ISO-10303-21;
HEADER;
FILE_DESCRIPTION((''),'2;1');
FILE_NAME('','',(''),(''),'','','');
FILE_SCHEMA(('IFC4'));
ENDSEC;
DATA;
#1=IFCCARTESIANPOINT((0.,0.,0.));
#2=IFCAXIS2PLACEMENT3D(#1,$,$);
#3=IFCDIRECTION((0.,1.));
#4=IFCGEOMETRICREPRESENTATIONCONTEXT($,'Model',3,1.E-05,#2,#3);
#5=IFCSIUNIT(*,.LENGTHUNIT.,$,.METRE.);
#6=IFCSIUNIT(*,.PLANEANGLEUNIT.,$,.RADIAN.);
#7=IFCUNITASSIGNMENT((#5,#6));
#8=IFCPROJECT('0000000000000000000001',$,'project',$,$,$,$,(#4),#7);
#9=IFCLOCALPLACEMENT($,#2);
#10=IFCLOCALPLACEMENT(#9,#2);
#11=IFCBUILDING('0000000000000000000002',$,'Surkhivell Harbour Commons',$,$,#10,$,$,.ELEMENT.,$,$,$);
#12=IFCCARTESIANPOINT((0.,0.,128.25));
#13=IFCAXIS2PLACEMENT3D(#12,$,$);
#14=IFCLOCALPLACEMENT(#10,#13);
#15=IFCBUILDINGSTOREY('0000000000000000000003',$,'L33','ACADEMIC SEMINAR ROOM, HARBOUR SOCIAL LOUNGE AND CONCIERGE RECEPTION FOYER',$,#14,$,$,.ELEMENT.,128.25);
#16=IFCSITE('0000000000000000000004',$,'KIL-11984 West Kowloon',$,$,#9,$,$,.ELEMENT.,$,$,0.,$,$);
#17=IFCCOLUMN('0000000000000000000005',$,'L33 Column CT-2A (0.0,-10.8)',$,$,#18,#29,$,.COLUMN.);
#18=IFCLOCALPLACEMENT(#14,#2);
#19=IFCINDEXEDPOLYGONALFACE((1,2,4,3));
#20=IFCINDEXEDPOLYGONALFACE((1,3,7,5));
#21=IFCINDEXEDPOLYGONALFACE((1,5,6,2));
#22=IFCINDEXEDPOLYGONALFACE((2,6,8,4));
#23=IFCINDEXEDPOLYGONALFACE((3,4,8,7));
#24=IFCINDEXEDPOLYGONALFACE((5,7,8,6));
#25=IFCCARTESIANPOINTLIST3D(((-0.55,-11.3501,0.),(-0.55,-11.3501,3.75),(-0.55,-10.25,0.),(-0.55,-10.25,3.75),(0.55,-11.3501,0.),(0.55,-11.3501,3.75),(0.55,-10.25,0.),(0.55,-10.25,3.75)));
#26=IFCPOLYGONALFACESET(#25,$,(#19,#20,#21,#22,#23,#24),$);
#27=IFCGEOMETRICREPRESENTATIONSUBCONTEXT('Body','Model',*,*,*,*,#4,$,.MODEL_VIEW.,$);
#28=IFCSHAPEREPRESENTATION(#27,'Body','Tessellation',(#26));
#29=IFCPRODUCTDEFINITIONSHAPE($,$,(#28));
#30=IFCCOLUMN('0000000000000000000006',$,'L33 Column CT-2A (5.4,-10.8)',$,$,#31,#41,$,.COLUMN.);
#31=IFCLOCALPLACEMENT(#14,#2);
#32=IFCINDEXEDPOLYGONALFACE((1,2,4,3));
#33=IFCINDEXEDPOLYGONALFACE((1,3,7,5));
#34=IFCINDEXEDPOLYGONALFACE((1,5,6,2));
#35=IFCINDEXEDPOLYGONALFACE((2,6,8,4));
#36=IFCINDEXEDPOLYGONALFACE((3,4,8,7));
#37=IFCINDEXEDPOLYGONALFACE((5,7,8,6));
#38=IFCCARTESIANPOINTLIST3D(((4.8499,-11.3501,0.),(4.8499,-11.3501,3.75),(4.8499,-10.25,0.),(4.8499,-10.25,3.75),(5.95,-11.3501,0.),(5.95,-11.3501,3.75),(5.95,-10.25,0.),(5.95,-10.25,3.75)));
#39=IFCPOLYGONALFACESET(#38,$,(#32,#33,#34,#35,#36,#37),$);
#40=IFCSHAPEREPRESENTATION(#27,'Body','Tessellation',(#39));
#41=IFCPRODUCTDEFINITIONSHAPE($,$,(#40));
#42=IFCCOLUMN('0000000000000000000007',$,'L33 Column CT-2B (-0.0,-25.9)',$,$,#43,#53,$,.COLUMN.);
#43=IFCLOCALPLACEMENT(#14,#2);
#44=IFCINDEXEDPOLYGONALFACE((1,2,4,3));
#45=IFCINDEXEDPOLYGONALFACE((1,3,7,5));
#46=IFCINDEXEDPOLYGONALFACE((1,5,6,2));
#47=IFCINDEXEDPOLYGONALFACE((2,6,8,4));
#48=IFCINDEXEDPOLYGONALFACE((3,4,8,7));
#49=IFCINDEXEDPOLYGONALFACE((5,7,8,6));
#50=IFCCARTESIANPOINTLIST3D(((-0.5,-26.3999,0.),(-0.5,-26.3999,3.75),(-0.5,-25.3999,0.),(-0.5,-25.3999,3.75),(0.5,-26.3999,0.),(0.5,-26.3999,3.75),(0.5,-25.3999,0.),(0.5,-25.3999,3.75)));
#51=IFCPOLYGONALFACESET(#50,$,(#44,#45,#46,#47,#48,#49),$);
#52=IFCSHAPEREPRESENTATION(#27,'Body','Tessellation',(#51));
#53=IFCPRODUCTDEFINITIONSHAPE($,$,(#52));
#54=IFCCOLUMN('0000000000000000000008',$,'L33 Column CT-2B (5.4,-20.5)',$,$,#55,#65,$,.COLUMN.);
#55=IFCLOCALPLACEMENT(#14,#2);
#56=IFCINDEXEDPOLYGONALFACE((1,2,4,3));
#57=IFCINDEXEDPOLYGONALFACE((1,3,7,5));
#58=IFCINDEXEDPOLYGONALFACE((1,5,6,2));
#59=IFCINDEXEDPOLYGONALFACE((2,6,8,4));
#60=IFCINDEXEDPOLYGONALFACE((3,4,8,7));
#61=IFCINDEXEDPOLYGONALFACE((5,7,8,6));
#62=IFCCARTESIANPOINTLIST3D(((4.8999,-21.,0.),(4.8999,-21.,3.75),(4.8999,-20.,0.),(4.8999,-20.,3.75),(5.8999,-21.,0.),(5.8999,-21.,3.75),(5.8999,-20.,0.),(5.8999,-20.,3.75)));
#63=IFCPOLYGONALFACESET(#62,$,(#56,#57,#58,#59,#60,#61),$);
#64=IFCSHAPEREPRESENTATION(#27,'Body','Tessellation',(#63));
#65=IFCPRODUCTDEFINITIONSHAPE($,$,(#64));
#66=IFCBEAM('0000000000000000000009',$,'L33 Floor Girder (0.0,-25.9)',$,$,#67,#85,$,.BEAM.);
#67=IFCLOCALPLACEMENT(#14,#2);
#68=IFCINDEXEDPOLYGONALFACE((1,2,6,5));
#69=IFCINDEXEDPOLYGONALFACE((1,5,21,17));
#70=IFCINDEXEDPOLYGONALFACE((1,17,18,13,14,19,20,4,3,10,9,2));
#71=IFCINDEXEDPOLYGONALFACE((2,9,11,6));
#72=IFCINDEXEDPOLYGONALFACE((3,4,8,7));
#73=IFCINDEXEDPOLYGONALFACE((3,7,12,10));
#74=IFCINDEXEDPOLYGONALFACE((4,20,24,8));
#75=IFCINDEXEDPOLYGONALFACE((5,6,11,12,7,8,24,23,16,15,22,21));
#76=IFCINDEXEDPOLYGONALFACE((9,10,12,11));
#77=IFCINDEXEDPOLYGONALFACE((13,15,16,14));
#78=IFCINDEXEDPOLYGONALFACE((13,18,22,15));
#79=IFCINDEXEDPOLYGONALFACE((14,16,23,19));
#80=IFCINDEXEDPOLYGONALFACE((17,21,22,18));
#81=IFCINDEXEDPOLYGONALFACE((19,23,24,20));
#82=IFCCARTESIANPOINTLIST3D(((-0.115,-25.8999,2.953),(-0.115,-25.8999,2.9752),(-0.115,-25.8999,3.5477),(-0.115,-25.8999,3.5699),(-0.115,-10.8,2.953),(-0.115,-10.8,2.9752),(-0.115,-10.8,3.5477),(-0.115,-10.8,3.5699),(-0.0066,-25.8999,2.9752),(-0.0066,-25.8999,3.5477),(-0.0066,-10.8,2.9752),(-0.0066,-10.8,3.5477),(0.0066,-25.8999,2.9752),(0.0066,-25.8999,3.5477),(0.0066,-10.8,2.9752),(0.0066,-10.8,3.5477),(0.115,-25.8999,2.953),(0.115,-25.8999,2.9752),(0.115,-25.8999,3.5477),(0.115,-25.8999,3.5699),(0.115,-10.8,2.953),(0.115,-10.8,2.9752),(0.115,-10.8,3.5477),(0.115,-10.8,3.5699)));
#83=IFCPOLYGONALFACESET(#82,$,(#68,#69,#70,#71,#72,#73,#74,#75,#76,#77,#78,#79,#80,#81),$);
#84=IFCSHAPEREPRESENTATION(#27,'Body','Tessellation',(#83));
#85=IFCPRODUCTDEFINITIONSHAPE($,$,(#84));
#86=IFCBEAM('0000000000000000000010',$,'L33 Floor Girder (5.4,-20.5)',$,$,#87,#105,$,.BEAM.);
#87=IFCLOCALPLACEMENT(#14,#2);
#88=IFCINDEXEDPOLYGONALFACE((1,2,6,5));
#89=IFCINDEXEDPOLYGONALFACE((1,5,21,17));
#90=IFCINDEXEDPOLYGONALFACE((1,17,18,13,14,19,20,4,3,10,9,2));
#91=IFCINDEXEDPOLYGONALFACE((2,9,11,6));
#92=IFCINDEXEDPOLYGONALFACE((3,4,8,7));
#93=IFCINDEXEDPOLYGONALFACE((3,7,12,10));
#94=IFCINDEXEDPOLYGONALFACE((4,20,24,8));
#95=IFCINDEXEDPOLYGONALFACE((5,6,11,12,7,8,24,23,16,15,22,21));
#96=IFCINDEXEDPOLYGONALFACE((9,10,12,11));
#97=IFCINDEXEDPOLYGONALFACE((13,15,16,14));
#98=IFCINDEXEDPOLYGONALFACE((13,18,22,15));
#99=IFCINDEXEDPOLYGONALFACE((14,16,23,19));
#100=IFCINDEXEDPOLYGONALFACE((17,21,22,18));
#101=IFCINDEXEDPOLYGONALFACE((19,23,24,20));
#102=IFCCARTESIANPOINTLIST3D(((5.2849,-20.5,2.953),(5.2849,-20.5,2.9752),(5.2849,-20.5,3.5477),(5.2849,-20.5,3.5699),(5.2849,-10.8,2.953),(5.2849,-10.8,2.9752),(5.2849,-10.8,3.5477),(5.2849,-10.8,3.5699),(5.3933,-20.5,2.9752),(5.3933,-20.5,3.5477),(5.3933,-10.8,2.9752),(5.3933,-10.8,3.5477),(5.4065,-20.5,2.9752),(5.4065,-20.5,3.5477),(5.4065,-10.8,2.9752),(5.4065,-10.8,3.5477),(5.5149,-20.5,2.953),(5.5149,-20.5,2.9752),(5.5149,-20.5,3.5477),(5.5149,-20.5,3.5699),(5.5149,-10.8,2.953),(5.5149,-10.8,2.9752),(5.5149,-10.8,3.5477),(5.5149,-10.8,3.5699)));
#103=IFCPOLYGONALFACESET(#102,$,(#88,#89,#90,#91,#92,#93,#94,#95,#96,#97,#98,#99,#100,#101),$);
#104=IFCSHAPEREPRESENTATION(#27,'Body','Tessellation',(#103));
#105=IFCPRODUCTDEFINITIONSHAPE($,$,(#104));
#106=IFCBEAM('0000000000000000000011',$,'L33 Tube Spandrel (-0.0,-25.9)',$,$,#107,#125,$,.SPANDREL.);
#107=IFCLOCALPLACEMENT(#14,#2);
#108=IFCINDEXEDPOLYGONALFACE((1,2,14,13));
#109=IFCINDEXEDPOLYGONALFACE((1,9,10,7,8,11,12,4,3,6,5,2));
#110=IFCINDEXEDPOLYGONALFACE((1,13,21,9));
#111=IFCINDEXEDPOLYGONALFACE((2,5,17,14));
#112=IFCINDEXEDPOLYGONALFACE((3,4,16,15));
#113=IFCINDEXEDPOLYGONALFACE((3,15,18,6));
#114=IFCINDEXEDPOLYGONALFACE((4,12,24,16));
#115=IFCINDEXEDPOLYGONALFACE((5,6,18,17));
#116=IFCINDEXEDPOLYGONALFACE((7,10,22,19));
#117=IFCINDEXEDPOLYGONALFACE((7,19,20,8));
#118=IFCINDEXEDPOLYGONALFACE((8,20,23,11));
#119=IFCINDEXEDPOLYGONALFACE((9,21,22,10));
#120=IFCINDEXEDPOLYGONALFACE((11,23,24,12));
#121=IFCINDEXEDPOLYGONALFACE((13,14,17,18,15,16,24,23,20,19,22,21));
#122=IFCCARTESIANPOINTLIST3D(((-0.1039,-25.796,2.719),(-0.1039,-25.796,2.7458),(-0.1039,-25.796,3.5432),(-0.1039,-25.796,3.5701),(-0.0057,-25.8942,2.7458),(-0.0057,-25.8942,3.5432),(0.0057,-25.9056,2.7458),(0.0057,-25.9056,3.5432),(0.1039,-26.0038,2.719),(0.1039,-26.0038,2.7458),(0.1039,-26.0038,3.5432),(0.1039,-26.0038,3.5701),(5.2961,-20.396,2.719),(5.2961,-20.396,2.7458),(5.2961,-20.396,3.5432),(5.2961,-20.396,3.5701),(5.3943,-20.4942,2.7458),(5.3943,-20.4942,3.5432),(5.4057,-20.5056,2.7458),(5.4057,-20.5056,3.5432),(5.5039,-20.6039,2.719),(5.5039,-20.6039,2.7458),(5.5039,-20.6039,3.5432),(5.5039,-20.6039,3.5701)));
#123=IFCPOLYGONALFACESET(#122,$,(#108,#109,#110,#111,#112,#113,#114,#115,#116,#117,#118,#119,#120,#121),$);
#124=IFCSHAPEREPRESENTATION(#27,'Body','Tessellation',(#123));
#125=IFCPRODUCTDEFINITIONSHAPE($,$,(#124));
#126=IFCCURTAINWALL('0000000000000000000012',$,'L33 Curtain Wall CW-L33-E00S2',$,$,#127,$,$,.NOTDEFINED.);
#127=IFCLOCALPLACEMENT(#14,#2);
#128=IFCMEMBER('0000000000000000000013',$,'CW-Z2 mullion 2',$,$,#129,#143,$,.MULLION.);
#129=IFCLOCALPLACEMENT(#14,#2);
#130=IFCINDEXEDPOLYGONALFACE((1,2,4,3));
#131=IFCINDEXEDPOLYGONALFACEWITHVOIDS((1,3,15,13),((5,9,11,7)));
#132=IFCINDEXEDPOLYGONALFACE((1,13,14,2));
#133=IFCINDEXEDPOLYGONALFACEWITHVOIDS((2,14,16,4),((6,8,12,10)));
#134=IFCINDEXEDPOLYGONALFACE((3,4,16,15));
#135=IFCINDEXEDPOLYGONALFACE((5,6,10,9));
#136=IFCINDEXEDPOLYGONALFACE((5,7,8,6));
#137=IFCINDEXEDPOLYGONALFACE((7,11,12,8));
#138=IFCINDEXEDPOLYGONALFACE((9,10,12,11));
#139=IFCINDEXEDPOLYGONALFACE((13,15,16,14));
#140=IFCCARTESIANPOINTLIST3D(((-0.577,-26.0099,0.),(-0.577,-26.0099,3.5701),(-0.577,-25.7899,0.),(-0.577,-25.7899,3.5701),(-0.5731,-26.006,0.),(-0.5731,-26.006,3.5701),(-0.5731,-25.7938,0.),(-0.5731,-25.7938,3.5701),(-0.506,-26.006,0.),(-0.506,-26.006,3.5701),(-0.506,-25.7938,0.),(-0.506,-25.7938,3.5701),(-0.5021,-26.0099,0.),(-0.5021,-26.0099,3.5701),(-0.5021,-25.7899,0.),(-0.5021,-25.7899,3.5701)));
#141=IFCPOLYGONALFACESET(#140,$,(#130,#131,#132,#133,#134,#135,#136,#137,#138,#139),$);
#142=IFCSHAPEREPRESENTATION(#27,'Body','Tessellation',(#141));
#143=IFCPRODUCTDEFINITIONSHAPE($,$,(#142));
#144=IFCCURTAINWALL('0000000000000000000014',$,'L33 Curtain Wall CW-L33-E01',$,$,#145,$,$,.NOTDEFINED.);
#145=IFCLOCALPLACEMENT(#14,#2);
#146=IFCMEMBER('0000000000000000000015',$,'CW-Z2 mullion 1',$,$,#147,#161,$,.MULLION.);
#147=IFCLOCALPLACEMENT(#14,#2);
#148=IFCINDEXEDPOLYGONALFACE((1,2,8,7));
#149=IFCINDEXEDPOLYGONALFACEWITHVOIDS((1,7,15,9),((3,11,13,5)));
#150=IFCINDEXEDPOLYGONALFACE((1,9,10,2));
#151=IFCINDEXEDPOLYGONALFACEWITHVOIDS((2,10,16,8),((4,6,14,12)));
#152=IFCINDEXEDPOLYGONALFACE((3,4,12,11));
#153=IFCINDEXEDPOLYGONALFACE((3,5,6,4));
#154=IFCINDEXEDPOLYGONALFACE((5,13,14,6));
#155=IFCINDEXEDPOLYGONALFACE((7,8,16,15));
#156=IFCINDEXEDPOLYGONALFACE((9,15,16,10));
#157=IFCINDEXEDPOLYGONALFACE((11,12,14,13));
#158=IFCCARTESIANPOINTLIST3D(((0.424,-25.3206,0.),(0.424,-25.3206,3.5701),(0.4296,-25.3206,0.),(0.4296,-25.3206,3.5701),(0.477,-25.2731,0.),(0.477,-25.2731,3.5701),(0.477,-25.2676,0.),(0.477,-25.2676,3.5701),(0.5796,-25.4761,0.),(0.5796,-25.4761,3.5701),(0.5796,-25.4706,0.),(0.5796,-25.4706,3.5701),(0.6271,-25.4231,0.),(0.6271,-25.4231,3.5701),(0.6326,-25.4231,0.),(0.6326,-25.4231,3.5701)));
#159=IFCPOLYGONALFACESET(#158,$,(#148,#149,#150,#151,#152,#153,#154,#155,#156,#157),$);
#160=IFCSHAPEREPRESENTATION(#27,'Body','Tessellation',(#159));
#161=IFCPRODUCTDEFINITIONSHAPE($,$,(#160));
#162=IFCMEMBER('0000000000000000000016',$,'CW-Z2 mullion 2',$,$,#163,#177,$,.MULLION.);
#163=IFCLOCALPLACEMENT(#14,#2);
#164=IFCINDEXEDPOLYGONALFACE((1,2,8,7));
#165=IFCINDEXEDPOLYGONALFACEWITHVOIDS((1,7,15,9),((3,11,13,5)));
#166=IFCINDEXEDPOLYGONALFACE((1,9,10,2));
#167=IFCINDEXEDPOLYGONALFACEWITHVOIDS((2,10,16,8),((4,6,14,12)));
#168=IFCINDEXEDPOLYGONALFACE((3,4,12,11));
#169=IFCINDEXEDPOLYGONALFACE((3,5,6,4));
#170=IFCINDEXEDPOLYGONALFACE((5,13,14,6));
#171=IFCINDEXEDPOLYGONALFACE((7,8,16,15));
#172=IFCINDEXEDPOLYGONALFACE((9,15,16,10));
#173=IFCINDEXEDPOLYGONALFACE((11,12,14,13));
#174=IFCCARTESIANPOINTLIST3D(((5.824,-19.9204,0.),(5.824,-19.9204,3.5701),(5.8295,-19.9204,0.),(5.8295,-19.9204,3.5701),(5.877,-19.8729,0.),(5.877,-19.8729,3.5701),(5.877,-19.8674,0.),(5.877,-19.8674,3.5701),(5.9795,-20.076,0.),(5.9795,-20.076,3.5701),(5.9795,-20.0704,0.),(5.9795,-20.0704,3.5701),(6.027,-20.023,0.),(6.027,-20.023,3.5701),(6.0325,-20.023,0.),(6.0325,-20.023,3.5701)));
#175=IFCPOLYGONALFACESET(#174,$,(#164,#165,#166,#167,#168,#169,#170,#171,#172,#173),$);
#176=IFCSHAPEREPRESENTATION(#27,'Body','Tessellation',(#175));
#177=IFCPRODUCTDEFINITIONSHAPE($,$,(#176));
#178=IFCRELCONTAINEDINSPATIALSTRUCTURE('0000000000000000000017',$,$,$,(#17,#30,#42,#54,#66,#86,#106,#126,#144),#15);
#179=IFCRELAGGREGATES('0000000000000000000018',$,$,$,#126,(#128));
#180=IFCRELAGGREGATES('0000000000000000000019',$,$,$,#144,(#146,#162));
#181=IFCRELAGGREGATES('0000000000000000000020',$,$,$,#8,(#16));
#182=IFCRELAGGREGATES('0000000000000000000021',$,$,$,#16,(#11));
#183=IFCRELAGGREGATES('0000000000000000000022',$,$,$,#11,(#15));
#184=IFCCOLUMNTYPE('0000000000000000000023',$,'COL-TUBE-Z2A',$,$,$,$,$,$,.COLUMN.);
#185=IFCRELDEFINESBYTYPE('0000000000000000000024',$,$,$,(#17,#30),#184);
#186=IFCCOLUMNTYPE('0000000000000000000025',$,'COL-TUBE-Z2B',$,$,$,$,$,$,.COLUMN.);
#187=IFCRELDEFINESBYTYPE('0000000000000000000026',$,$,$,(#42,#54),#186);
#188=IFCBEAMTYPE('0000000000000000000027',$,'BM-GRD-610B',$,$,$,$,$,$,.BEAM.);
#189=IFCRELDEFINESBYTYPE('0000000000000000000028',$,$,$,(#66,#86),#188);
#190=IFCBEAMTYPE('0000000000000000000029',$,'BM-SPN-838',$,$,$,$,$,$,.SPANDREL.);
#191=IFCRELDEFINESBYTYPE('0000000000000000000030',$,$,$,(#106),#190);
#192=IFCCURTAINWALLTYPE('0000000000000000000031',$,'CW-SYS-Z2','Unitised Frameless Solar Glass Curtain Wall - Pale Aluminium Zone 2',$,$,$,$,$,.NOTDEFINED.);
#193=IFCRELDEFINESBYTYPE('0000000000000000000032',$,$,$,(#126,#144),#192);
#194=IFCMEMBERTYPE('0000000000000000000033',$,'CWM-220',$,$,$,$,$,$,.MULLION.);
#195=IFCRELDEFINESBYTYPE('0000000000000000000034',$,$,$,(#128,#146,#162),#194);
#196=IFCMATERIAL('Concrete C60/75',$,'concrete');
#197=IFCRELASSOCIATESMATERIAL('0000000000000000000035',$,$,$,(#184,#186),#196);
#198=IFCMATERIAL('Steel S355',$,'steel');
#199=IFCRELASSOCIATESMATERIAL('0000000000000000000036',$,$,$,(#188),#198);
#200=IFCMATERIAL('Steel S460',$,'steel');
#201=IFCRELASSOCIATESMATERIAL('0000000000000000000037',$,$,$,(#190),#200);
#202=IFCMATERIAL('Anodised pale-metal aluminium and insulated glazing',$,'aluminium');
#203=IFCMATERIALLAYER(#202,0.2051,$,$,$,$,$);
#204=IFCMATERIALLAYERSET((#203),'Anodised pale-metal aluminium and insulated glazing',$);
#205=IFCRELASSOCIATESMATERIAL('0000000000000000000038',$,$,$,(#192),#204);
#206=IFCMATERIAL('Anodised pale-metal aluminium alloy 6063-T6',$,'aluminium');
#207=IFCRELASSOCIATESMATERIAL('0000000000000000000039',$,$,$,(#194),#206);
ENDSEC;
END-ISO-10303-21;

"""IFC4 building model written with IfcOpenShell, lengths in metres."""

from ifc_helpers import new_model, si_unit, direction, frame, origin, origin_2d, place, context, subcontext, project, spatial, rectangle, hollow_rectangle, i_section, extrude, material, layer, layer_set, material_profile, profile_set, type_object, element, aggregate, save


model = new_model("IFC4")

# Units and contexts
model_context = context("Model", 3, precision=1e-05, world=origin(), true_north=direction((0.0, 1.0)))
body_context = subcontext(model_context, "Body", "Model", "MODEL_VIEW")
ifc_project = project(units=[si_unit("LENGTHUNIT", "METRE"), si_unit("PLANEANGLEUNIT", "RADIAN")], contexts=[model_context])

# Site, building, storey
site_placement = place(None, origin())
site = spatial("IfcSite", under=ifc_project, at=site_placement, Name="KIL-11984 West Kowloon", CompositionType="ELEMENT", RefElevation=0.0)
building_placement = place(site_placement, origin())
building = spatial("IfcBuilding", under=site, at=building_placement, Name="Surkhivell Harbour Commons", CompositionType="ELEMENT")
storey_placement = place(building_placement, frame((0.0, 0.0, 128.25)))
storey = spatial("IfcBuildingStorey", under=building, at=storey_placement, Name="L33", Description="ACADEMIC SEMINAR ROOM, HARBOUR SOCIAL LOUNGE AND CONCIERGE RECEPTION FOYER", CompositionType="ELEMENT", Elevation=128.25)

# Columns
ifc_material_1 = material(Name="Concrete C60/75", Category="concrete")
ifc_material_profile_1 = material_profile(ifc_material_1, rectangle(XDim=1.1001, YDim=1.1001, at=origin_2d()), Name="RC-COL-1100x1100")
ifc_profile_set_1 = profile_set([ifc_material_profile_1], Name="Concrete C60/75")
column_type_1 = type_object("IfcColumnType", Name="COL-TUBE-Z2A", PredefinedType="COLUMN", material=ifc_profile_set_1)
for number, where, z_axis, x_axis, name in (
    (1, (0.0, -10.8, 0.0), (0.0, 0.0, 1.0), (1.0, 0.0, 0.0), "L33 Column CT-2A (0.0,-10.8)"),
    (2, (5.3999, -10.8, 0.0), (0.0, 0.0, 1.0), (1.0, 0.0, 0.0), "L33 Column CT-2A (5.4,-10.8)"),
):
    element("IfcColumn", number, at=place(storey_placement, frame(where, z_axis=z_axis, x_axis=x_axis)), inside=storey, type_object=column_type_1, Name=name, PredefinedType="COLUMN", context=body_context, shape_type="SweptSolid", body=[
        extrude(rectangle(XDim=1.1001, YDim=1.1001, at=origin_2d()), origin(), (0.0, 0.0, 1.0), 3.75),
    ])
ifc_material_profile_2 = material_profile(ifc_material_1, rectangle(XDim=1.0, YDim=1.0, at=origin_2d()), Name="RC-COL-1000x1000")
ifc_profile_set_2 = profile_set([ifc_material_profile_2], Name="Concrete C60/75")
column_type_2 = type_object("IfcColumnType", Name="COL-TUBE-Z2B", PredefinedType="COLUMN", material=ifc_profile_set_2)
for number, where, z_axis, x_axis, name in (
    (3, (0.0, -25.8999, 0.0), (0.0, 0.0, 1.0), (1.0, 0.0, 0.0), "L33 Column CT-2B (-0.0,-25.9)"),
    (4, (5.3999, -20.5, 0.0), (0.0, 0.0, 1.0), (1.0, 0.0, 0.0), "L33 Column CT-2B (5.4,-20.5)"),
):
    element("IfcColumn", number, at=place(storey_placement, frame(where, z_axis=z_axis, x_axis=x_axis)), inside=storey, type_object=column_type_2, Name=name, PredefinedType="COLUMN", context=body_context, shape_type="SweptSolid", body=[
        extrude(rectangle(XDim=1.0, YDim=1.0, at=origin_2d()), origin(), (0.0, 0.0, 1.0), 3.75),
    ])

# Beams
ifc_material_2 = material(Name="Steel S355", Category="steel")
ifc_material_profile_3 = material_profile(ifc_material_2, i_section(OverallWidth=0.23, OverallDepth=0.6169, WebThickness=0.0132, FlangeThickness=0.0222, at=origin_2d()), Name="UB610x229x140")
ifc_profile_set_3 = profile_set([ifc_material_profile_3], Name="Steel S355")
beam_type_1 = type_object("IfcBeamType", Name="BM-GRD-610B", PredefinedType="BEAM", material=ifc_profile_set_3)
beam_1_placement = place(storey_placement, frame((0.0, -25.8999, 3.2615), z_axis=(0.0, 1.0, 0.0), x_axis=(-1.0, 0.0, 0.0)))
element("IfcBeam", 5, at=beam_1_placement, inside=storey, type_object=beam_type_1, Name="L33 Floor Girder (0.0,-25.9)", PredefinedType="BEAM", context=body_context, shape_type="SweptSolid", body=[
    extrude(i_section(OverallWidth=0.23, OverallDepth=0.6169, WebThickness=0.0132, FlangeThickness=0.0222, at=origin_2d()), origin(), (0.0, 0.0, 1.0), 15.0999),
])
beam_2_placement = place(storey_placement, frame((5.3999, -20.5, 3.2615), z_axis=(0.0, 1.0, 0.0), x_axis=(-1.0, 0.0, 0.0)))
element("IfcBeam", 6, at=beam_2_placement, inside=storey, type_object=beam_type_1, Name="L33 Floor Girder (5.4,-20.5)", PredefinedType="BEAM", context=body_context, shape_type="SweptSolid", body=[
    extrude(i_section(OverallWidth=0.23, OverallDepth=0.6169, WebThickness=0.0132, FlangeThickness=0.0222, at=origin_2d()), origin(), (0.0, 0.0, 1.0), 9.7),
])
ifc_material_3 = material(Name="Steel S460", Category="steel")
ifc_material_profile_4 = material_profile(ifc_material_3, i_section(OverallWidth=0.2939, OverallDepth=0.8511, WebThickness=0.0161, FlangeThickness=0.0269, at=origin_2d()), Name="UB838x292x226")
ifc_profile_set_4 = profile_set([ifc_material_profile_4], Name="Steel S460")
beam_type_2 = type_object("IfcBeamType", Name="BM-SPN-838", PredefinedType="SPANDREL", material=ifc_profile_set_4)
beam_3_placement = place(storey_placement, frame((0.0, -25.8999, 3.1445), z_axis=(0.707107, 0.707107, 0.0), x_axis=(-0.707107, 0.707107, 0.0)))
element("IfcBeam", 7, at=beam_3_placement, inside=storey, type_object=beam_type_2, Name="L33 Tube Spandrel (-0.0,-25.9)", PredefinedType="SPANDREL", context=body_context, shape_type="SweptSolid", body=[
    extrude(i_section(OverallWidth=0.2939, OverallDepth=0.8511, WebThickness=0.0161, FlangeThickness=0.0269, at=origin_2d()), origin(), (0.0, 0.0, 1.0), 7.6367),
])

# Curtain wall, member
ifc_material_4 = material(Name="Anodised pale-metal aluminium and insulated glazing", Category="aluminium")
ifc_layer_1 = layer(ifc_material_4, 0.2051)
ifc_layer_set_1 = layer_set([ifc_layer_1], Name="Anodised pale-metal aluminium and insulated glazing")
curtain_wall_type = type_object("IfcCurtainWallType", Name="CW-SYS-Z2", Description="Unitised Frameless Solar Glass Curtain Wall - Pale Aluminium Zone 2", PredefinedType="NOTDEFINED", material=ifc_layer_set_1)
curtain_wall_1_placement = place(storey_placement, origin())
curtain_wall_1 = element("IfcCurtainWall", 8, at=curtain_wall_1_placement, inside=storey, type_object=curtain_wall_type, Name="L33 Curtain Wall CW-L33-E00S2", PredefinedType="NOTDEFINED")
ifc_material_5 = material(Name="Anodised pale-metal aluminium alloy 6063-T6", Category="aluminium")
ifc_material_profile_5 = material_profile(ifc_material_5, hollow_rectangle(XDim=0.075, YDim=0.22, WallThickness=0.0039, at=origin_2d()), Name="ALU-MULL-75x220")
ifc_profile_set_5 = profile_set([ifc_material_profile_5], Name="Anodised pale-metal aluminium alloy 6063-T6")
member_type_1 = type_object("IfcMemberType", Name="CWM-220", PredefinedType="MULLION", material=ifc_profile_set_5)
member_1_placement = place(storey_placement, frame((-0.5396, -25.8999, 0.0), z_axis=(0.0, 0.0, 1.0), x_axis=(1.0, 0.0, 0.0)))
member_1 = element("IfcMember", 9, at=member_1_placement, type_object=member_type_1, Name="CW-Z2 mullion 2", PredefinedType="MULLION", context=body_context, shape_type="SweptSolid", body=[
    extrude(hollow_rectangle(XDim=0.075, YDim=0.22, WallThickness=0.0039, at=origin_2d()), origin(), (0.0, 0.0, 1.0), 3.5701),
])
aggregate(curtain_wall_1, [member_1])

# Curtain wall, members
curtain_wall_2_placement = place(storey_placement, origin())
curtain_wall_2 = element("IfcCurtainWall", 10, at=curtain_wall_2_placement, inside=storey, type_object=curtain_wall_type, Name="L33 Curtain Wall CW-L33-E01", PredefinedType="NOTDEFINED")
member_2_placement = place(storey_placement, frame((0.5283, -25.3718, 0.0), z_axis=(0.0, 0.0, 1.0), x_axis=(0.707107, 0.707107, 0.0)))
member_2 = element("IfcMember", 11, at=member_2_placement, type_object=member_type_1, Name="CW-Z2 mullion 1", PredefinedType="MULLION", context=body_context, shape_type="SweptSolid", body=[
    extrude(hollow_rectangle(XDim=0.075, YDim=0.22, WallThickness=0.0039, at=origin_2d()), origin(), (0.0, 0.0, 1.0), 3.5701),
])
member_3_placement = place(storey_placement, frame((5.9282, -19.9717, 0.0), z_axis=(0.0, 0.0, 1.0), x_axis=(0.707107, 0.707107, 0.0)))
member_3 = element("IfcMember", 12, at=member_3_placement, type_object=member_type_1, Name="CW-Z2 mullion 2", PredefinedType="MULLION", context=body_context, shape_type="SweptSolid", body=[
    extrude(hollow_rectangle(XDim=0.075, YDim=0.22, WallThickness=0.0039, at=origin_2d()), origin(), (0.0, 0.0, 1.0), 3.5701),
])
aggregate(curtain_wall_2, [member_2, member_3])

save(model, "model.ifc")
